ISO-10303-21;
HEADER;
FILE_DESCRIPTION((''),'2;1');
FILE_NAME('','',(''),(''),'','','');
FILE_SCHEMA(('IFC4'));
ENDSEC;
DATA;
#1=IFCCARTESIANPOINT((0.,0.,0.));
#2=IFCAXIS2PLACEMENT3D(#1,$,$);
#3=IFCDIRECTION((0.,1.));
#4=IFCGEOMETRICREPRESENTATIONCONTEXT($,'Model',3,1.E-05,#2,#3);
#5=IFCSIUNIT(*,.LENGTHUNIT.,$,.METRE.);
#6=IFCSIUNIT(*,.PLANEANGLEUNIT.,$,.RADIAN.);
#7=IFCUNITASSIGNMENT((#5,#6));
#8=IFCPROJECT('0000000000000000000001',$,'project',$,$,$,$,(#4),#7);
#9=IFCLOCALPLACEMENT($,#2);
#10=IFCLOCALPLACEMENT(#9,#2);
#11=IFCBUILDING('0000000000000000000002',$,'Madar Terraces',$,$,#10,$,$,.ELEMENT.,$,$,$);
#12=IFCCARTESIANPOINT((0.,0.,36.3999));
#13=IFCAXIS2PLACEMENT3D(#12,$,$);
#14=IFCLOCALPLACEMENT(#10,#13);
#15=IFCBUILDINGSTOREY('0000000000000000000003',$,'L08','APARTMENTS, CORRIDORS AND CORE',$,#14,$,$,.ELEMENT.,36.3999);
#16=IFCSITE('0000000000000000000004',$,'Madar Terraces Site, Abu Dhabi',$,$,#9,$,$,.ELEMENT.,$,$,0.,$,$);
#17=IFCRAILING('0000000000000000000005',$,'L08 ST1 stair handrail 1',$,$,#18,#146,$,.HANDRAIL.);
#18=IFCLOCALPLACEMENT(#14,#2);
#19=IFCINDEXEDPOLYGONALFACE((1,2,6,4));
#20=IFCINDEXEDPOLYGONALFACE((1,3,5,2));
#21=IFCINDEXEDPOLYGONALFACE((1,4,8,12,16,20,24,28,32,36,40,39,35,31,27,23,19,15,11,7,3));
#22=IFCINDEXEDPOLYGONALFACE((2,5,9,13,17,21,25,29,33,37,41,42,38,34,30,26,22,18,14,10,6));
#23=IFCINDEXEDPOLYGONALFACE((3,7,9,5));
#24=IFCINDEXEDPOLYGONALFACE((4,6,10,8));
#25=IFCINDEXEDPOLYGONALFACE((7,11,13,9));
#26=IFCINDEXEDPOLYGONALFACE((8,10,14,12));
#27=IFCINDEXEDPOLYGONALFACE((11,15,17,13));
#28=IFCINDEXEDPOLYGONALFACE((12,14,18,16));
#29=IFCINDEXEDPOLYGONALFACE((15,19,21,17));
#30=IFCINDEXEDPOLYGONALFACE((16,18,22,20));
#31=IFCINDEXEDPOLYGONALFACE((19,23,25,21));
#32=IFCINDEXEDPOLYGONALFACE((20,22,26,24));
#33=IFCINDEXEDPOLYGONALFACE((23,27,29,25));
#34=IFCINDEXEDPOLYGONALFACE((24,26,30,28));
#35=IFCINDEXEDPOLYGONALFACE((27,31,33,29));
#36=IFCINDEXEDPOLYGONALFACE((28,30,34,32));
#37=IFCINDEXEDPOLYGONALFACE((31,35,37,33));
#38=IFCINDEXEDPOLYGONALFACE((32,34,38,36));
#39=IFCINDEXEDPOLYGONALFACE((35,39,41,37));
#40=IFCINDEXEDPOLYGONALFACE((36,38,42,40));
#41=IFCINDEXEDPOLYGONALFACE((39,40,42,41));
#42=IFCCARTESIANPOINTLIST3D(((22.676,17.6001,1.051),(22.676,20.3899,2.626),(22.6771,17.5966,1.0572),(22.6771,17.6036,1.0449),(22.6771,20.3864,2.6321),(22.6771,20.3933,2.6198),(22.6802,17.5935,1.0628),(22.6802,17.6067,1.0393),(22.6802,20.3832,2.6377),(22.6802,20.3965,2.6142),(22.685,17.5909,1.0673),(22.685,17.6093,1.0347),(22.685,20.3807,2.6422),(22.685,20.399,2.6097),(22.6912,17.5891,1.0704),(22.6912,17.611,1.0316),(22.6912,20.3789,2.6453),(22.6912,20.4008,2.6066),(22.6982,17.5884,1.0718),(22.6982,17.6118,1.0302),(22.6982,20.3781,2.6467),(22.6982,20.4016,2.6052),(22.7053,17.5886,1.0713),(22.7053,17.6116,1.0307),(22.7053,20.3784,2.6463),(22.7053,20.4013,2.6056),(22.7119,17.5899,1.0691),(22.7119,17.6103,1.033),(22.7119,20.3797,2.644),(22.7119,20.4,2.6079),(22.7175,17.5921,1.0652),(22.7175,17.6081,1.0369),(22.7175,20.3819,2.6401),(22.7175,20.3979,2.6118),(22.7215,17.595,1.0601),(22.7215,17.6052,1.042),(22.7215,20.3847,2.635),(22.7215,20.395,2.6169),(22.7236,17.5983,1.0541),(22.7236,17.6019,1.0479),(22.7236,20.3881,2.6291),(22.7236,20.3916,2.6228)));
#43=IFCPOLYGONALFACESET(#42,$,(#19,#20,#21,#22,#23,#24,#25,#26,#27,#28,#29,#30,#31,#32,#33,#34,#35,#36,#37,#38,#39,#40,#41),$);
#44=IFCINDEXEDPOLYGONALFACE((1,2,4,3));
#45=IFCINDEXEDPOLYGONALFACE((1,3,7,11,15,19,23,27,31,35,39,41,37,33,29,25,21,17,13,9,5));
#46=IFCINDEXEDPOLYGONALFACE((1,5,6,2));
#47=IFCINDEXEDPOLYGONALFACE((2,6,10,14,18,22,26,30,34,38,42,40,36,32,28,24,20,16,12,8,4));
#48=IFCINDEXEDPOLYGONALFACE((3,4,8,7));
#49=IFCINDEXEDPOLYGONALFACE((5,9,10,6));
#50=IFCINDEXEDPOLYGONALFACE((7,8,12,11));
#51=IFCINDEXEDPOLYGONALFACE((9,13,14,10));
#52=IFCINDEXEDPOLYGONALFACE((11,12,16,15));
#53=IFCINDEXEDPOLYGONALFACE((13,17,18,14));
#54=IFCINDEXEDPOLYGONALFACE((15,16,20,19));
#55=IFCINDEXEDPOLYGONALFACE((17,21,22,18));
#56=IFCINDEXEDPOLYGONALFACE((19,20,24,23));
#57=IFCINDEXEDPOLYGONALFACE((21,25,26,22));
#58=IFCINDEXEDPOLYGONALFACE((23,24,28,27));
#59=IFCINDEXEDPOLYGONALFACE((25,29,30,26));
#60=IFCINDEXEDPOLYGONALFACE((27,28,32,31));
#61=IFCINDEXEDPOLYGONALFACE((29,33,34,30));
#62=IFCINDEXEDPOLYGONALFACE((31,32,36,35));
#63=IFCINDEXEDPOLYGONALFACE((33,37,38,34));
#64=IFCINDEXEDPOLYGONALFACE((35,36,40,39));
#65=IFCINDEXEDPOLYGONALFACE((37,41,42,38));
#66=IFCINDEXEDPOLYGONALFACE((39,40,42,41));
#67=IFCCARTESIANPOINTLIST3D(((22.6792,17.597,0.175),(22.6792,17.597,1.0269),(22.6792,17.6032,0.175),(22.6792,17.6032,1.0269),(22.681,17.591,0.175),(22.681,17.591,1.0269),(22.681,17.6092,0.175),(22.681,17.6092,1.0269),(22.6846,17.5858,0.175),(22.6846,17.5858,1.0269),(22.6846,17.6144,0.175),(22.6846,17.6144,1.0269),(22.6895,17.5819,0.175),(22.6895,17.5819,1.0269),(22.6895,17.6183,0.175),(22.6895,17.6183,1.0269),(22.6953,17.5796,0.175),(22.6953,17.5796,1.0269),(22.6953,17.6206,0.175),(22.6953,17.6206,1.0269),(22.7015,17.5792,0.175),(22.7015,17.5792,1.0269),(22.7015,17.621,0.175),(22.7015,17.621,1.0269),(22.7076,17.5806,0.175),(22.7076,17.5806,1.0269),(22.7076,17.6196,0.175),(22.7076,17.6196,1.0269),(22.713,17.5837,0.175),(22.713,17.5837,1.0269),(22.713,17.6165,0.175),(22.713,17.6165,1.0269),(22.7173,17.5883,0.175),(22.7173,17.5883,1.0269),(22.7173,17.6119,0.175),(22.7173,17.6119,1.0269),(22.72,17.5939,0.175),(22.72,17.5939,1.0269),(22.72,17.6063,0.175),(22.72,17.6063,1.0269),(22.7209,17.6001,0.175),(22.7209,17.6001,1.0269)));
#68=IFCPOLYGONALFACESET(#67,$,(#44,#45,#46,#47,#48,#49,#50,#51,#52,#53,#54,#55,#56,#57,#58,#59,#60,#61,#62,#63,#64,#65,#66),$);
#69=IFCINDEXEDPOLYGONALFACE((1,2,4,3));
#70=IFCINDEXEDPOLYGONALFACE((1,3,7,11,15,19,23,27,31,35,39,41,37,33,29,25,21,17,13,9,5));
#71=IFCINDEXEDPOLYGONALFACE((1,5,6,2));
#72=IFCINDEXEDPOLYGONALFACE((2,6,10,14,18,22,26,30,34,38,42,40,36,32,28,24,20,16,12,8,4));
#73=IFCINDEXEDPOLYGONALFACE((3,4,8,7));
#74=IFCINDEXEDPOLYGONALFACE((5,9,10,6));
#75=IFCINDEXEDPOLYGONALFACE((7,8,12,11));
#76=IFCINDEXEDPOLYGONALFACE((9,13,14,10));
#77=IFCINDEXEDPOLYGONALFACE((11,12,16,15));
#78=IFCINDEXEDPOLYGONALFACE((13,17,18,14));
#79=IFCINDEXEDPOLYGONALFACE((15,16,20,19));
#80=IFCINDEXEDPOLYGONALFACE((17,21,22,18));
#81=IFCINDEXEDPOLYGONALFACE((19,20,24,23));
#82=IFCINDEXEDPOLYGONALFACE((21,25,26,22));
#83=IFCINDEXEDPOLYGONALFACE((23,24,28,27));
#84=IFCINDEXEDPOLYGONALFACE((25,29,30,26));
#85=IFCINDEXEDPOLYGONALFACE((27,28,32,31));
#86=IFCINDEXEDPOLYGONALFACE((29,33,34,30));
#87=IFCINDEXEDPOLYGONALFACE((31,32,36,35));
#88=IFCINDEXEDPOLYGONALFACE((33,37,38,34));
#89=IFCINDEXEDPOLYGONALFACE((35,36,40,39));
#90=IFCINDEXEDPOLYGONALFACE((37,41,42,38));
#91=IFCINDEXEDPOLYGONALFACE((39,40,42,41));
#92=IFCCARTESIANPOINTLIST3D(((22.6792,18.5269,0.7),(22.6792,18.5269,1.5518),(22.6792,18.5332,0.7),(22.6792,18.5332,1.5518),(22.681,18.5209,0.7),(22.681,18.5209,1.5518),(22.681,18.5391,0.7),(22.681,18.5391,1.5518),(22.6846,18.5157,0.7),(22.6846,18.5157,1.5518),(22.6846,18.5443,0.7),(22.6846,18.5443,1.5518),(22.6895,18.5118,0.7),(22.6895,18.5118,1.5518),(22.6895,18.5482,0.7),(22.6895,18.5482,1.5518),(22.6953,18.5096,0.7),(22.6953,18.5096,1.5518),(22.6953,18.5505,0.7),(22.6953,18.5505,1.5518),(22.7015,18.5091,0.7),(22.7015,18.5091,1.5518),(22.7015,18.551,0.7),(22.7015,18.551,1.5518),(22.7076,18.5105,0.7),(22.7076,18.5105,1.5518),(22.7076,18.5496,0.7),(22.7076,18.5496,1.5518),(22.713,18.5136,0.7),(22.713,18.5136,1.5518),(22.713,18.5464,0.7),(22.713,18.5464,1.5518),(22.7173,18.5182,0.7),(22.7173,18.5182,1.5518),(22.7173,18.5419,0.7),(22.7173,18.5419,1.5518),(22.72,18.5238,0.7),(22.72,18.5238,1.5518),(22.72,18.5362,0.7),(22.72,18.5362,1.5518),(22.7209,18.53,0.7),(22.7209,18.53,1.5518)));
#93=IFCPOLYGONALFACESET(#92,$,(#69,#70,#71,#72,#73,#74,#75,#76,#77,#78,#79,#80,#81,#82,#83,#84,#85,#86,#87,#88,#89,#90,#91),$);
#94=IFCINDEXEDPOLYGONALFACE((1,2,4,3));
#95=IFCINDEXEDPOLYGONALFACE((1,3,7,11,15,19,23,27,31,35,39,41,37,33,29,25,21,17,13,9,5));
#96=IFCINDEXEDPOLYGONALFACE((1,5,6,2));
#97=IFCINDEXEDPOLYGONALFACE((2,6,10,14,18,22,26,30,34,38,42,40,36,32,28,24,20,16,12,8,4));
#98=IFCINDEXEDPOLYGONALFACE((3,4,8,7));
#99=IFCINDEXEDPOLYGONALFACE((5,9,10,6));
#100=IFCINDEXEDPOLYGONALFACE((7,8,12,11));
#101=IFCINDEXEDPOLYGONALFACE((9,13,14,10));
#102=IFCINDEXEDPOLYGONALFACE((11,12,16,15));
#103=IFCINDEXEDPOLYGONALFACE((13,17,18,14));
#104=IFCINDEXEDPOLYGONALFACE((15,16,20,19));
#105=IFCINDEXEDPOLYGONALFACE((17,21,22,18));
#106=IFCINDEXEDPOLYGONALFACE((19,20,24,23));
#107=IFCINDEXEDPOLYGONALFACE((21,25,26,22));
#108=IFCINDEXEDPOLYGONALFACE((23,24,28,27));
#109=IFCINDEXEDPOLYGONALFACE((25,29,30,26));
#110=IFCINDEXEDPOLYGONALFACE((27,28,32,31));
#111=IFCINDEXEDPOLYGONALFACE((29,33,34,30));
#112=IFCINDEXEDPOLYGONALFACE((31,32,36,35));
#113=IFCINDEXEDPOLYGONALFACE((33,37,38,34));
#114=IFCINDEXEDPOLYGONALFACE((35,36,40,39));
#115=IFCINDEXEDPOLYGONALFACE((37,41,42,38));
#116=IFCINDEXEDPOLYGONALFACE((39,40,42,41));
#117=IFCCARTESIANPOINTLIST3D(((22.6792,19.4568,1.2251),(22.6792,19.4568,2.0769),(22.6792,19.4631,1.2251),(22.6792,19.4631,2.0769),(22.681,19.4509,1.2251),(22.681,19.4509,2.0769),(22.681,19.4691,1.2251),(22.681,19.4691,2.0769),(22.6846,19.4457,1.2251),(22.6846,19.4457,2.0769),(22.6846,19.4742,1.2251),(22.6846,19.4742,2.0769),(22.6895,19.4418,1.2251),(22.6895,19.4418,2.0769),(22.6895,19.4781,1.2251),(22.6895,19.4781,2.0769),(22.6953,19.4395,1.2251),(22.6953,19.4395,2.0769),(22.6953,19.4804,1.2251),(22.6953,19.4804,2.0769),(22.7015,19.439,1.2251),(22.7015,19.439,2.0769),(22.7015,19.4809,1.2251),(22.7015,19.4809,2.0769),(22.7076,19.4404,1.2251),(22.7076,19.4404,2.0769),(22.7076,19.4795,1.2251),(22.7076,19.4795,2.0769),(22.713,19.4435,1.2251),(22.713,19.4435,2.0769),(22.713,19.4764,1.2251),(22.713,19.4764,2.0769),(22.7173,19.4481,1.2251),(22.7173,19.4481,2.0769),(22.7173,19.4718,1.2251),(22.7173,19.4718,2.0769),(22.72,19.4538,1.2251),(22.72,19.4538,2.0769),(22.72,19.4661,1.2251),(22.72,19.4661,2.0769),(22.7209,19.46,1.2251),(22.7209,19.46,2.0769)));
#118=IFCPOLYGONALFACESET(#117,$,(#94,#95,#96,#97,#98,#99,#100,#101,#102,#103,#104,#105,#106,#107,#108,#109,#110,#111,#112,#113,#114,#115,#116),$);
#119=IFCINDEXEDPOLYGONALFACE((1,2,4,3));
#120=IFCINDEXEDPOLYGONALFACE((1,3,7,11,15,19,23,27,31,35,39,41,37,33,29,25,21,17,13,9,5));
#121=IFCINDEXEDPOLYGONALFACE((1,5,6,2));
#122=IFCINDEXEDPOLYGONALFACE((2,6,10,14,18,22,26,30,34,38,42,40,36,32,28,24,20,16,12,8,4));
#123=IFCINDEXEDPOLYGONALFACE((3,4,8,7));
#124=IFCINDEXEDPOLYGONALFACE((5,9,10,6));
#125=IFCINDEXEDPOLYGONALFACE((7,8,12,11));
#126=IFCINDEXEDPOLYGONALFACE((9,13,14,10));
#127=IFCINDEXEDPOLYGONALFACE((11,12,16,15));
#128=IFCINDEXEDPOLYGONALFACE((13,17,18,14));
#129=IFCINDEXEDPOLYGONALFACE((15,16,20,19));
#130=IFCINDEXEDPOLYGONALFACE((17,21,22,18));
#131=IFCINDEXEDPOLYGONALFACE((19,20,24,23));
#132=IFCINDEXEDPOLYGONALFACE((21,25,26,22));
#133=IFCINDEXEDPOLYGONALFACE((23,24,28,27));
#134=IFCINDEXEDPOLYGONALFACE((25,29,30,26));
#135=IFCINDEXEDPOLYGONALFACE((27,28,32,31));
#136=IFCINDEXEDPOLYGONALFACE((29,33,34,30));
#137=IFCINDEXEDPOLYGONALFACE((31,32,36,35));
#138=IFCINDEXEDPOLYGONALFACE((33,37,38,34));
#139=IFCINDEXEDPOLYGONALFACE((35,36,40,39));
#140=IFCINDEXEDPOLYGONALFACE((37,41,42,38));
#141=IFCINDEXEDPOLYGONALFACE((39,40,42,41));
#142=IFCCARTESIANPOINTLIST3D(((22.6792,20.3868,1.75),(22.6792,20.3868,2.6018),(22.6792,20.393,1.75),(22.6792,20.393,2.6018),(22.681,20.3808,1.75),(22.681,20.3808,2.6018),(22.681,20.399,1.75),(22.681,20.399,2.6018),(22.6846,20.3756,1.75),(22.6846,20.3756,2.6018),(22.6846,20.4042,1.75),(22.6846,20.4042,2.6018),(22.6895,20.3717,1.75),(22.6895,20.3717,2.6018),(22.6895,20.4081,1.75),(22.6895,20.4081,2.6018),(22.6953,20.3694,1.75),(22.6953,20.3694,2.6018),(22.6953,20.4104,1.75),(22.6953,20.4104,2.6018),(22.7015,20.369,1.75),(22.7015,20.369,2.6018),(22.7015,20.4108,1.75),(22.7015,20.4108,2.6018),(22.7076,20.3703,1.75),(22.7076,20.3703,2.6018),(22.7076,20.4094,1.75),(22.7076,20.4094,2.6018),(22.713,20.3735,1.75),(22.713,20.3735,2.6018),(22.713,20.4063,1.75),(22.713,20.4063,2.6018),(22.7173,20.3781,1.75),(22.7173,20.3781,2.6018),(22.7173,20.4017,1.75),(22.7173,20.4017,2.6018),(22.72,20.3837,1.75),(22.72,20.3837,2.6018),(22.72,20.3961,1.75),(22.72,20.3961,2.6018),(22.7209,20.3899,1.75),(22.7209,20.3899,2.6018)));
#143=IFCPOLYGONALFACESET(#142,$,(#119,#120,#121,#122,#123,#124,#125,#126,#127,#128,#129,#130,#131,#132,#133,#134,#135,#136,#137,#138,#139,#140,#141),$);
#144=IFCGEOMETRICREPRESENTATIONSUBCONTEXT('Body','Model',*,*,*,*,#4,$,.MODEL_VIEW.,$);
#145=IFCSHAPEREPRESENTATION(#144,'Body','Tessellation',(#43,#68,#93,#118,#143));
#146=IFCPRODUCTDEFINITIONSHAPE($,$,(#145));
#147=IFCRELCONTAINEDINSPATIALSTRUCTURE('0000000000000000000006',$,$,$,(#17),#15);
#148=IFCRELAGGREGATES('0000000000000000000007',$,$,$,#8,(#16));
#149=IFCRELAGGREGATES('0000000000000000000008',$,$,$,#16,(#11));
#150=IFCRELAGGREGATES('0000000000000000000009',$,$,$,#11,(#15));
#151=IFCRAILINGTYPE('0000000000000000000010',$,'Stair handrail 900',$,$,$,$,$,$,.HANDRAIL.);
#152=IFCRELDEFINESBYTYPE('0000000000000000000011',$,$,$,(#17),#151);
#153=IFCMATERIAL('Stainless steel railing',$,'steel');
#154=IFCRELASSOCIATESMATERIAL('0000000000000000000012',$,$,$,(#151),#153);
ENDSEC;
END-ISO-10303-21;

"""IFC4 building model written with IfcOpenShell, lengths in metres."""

from ifc_helpers import new_model, si_unit, direction, frame, origin, origin_2d, place, context, subcontext, project, spatial, circle, extrude, material, type_object, element, save


model = new_model("IFC4")

# Units and contexts
model_context = context("Model", 3, precision=1e-05, world=origin(), true_north=direction((0.0, 1.0)))
body_context = subcontext(model_context, "Body", "Model", "MODEL_VIEW")
ifc_project = project(units=[si_unit("LENGTHUNIT", "METRE"), si_unit("PLANEANGLEUNIT", "RADIAN")], contexts=[model_context])

# Site, building, storey
site_placement = place(None, origin())
site = spatial("IfcSite", under=ifc_project, at=site_placement, Name="Madar Terraces Site, Abu Dhabi", CompositionType="ELEMENT", RefElevation=0.0)
building_placement = place(site_placement, origin())
building = spatial("IfcBuilding", under=site, at=building_placement, Name="Madar Terraces", CompositionType="ELEMENT")
storey_placement = place(building_placement, frame((0.0, 0.0, 36.3999)))
storey = spatial("IfcBuildingStorey", under=building, at=storey_placement, Name="L08", Description="APARTMENTS, CORRIDORS AND CORE", CompositionType="ELEMENT", Elevation=36.3999)

# Railing
ifc_material_1 = material(Name="Stainless steel railing", Category="steel")
railing_type_1 = type_object("IfcRailingType", Name="Stair handrail 900", PredefinedType="HANDRAIL", material=ifc_material_1)
railing_1_placement = place(storey_placement, frame((22.7, 17.6001, 0.175)))
element("IfcRailing", 1, at=railing_1_placement, inside=storey, type_object=railing_type_1, Name="L08 ST1 stair handrail 1", PredefinedType="HANDRAIL", context=body_context, shape_type="SweptSolid", body=[
    extrude(circle(Radius=0.0239, at=origin_2d()), frame((0.0, 0.0, 0.876), z_axis=(0.0, 0.870815, 0.49161), x_axis=(-1.0, 0.0, 0.0)), (0.0, 0.0, 1.0), 3.2036),
    extrude(circle(Radius=0.021, at=origin_2d()), origin(), (0.0, 0.0, 1.0), 0.8518),
    extrude(circle(Radius=0.021, at=origin_2d()), frame((0.0, 0.9299, 0.5249)), (0.0, 0.0, 1.0), 0.8518),
    extrude(circle(Radius=0.021, at=origin_2d()), frame((0.0, 1.8599, 1.05)), (0.0, 0.0, 1.0), 0.8518),
    extrude(circle(Radius=0.021, at=origin_2d()), frame((0.0, 2.7898, 1.575)), (0.0, 0.0, 1.0), 0.8518),
])

save(model, "model.ifc")
